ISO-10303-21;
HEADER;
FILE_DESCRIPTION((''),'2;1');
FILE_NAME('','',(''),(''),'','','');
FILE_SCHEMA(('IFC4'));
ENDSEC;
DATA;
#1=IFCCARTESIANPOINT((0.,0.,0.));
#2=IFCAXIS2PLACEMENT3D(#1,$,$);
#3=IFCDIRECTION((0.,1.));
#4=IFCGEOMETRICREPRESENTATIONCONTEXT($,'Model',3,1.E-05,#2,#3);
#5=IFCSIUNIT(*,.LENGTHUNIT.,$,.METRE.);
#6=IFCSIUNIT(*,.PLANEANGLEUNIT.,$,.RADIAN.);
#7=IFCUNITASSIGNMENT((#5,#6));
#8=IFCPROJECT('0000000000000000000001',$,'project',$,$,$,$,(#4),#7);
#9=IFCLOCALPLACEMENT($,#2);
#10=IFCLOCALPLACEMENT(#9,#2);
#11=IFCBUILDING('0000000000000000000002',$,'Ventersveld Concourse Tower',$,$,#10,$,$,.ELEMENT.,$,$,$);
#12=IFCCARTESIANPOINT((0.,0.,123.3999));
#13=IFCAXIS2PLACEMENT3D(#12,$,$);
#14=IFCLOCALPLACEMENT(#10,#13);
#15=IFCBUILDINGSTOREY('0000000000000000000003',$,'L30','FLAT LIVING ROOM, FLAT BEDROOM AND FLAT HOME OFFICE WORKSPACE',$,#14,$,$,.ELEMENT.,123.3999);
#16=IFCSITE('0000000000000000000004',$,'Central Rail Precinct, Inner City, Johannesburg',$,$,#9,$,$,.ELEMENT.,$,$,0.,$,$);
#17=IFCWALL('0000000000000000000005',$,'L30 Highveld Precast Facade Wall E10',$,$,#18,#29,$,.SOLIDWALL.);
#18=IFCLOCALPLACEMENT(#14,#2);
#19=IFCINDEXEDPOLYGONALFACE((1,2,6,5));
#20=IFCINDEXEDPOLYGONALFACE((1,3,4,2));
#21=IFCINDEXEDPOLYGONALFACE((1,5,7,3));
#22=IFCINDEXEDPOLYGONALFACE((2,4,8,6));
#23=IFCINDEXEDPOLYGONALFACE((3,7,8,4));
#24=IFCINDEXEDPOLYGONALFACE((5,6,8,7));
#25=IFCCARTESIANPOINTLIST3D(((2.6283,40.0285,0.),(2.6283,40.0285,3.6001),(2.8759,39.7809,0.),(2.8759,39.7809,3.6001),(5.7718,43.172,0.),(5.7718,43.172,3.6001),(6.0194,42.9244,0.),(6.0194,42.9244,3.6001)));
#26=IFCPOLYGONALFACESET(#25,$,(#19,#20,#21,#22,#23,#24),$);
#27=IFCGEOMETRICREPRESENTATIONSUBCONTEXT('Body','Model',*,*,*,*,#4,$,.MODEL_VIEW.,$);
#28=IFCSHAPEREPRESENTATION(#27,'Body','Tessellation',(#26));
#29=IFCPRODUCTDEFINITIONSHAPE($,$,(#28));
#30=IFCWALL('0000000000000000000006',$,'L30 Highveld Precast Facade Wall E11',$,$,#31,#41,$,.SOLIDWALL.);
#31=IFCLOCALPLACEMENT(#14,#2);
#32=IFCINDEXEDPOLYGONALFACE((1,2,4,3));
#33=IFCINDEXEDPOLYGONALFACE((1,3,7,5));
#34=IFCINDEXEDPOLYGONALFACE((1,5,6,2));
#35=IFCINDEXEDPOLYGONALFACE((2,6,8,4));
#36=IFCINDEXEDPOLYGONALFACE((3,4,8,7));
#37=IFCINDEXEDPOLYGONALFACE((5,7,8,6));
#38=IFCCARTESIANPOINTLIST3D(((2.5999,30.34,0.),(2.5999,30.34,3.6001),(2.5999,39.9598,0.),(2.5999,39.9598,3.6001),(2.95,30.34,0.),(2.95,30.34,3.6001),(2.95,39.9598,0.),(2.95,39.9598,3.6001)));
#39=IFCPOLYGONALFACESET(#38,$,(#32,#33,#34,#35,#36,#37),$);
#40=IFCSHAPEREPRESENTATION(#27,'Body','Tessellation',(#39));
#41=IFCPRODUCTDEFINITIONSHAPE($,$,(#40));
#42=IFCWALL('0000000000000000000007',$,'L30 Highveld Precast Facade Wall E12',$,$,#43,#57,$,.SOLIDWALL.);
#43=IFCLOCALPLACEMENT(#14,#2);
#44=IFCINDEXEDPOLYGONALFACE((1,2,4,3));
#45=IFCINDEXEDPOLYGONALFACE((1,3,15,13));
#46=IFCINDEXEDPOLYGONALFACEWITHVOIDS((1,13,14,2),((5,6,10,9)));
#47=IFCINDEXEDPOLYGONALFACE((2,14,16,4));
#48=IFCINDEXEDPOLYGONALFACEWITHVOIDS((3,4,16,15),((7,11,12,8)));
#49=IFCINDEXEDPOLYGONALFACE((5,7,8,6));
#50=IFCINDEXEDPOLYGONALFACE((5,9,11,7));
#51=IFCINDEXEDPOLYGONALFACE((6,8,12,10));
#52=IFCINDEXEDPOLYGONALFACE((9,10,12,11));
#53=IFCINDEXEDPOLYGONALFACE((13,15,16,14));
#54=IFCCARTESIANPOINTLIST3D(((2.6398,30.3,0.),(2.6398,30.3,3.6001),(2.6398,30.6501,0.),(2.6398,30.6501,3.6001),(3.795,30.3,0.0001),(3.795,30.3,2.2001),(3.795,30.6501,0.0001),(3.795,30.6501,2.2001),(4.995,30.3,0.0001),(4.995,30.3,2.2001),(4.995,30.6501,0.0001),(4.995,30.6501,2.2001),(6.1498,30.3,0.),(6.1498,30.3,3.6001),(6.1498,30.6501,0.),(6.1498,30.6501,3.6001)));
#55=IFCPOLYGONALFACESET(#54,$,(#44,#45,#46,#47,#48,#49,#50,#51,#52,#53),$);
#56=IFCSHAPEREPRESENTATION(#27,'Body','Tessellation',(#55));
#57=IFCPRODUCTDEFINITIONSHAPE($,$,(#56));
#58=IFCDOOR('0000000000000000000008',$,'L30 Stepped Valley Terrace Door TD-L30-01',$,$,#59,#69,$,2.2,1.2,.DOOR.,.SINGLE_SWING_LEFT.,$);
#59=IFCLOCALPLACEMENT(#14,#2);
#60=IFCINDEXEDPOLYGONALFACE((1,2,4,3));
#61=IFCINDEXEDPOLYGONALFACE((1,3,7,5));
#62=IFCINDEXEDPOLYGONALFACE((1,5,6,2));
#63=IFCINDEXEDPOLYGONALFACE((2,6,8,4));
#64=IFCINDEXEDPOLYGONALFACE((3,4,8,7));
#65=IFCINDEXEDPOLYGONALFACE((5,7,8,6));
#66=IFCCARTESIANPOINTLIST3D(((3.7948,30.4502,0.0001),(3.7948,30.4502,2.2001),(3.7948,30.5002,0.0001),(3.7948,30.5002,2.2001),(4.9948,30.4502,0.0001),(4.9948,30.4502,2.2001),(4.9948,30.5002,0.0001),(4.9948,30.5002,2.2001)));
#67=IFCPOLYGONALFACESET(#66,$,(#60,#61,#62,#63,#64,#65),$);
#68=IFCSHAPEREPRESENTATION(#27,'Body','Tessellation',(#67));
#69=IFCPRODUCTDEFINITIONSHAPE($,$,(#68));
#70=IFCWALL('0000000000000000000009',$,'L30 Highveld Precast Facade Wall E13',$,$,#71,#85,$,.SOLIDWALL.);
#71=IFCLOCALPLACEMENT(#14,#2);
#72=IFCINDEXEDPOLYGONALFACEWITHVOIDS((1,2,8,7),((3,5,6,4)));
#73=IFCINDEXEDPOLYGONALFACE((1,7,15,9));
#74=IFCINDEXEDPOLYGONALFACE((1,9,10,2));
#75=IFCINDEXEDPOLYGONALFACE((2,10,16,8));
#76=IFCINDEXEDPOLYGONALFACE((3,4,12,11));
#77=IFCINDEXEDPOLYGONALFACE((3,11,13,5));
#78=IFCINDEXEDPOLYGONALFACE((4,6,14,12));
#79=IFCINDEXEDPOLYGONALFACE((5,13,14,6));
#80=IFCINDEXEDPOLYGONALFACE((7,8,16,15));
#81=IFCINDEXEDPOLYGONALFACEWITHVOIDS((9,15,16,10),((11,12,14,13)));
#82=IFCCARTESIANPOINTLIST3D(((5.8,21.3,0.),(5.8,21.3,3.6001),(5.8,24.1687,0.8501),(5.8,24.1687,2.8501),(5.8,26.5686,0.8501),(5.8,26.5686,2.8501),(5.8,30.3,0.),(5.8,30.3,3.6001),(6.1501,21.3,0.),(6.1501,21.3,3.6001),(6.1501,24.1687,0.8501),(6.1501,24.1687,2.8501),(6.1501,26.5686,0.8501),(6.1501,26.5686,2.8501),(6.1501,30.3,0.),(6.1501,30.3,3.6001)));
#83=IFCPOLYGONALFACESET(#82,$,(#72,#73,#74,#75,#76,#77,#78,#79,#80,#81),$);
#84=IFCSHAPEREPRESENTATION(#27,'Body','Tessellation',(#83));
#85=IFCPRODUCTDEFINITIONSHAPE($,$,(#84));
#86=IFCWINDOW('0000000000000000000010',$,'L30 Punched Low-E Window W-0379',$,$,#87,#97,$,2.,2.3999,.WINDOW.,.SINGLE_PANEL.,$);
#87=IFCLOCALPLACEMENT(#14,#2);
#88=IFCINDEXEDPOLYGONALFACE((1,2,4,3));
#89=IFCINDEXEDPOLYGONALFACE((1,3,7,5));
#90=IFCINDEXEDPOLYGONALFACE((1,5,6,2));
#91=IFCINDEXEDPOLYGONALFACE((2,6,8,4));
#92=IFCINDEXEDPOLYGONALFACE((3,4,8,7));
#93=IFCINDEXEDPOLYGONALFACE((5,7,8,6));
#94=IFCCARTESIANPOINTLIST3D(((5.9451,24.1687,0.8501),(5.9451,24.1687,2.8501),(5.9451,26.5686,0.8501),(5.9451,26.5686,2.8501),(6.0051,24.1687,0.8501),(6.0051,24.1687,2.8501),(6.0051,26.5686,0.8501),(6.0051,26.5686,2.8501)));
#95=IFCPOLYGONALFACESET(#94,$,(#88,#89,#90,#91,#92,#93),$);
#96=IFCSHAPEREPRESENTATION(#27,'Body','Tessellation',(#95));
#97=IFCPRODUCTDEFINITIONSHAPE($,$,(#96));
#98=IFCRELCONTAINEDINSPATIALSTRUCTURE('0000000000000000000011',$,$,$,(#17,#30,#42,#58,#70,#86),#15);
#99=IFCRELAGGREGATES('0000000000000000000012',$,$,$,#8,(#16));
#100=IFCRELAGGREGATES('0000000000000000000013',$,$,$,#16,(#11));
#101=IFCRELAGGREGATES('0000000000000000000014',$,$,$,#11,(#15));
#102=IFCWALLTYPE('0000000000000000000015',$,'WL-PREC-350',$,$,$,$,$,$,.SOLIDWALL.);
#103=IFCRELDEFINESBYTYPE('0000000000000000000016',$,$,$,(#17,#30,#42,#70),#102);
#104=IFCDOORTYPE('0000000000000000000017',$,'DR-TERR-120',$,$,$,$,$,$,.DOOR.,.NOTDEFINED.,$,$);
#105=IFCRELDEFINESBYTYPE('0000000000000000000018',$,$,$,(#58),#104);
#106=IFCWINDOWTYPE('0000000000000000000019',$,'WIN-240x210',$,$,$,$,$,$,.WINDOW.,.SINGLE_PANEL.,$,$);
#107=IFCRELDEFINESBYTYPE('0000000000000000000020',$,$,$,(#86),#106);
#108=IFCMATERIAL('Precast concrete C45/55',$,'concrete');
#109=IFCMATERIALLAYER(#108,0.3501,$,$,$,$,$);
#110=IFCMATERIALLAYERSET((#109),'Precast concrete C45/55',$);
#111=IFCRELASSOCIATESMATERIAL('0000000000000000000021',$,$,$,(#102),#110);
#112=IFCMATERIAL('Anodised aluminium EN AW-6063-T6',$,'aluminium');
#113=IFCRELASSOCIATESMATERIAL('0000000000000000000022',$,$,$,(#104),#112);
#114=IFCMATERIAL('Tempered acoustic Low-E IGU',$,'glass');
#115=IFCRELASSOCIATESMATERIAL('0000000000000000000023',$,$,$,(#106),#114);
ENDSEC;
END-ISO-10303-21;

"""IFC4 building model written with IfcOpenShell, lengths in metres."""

from ifc_helpers import new_model, si_unit, direction, frame, frame_2d, origin, place, context, subcontext, project, spatial, rectangle, extrude, material, layer, layer_set, type_object, element, fill, save


model = new_model("IFC4")

# Units and contexts
model_context = context("Model", 3, precision=1e-05, world=origin(), true_north=direction((0.0, 1.0)))
body_context = subcontext(model_context, "Body", "Model", "MODEL_VIEW")
ifc_project = project(units=[si_unit("LENGTHUNIT", "METRE"), si_unit("PLANEANGLEUNIT", "RADIAN")], contexts=[model_context])

# Site, building, storey
site_placement = place(None, origin())
site = spatial("IfcSite", under=ifc_project, at=site_placement, Name="Central Rail Precinct, Inner City, Johannesburg", CompositionType="ELEMENT", RefElevation=0.0)
building_placement = place(site_placement, origin())
building = spatial("IfcBuilding", under=site, at=building_placement, Name="Ventersveld Concourse Tower", CompositionType="ELEMENT")
storey_placement = place(building_placement, frame((0.0, 0.0, 123.3999)))
storey = spatial("IfcBuildingStorey", under=building, at=storey_placement, Name="L30", Description="FLAT LIVING ROOM, FLAT BEDROOM AND FLAT HOME OFFICE WORKSPACE", CompositionType="ELEMENT", Elevation=123.3999)

# Walls
ifc_material_1 = material(Name="Precast concrete C45/55", Category="concrete")
ifc_layer_1 = layer(ifc_material_1, 0.3501)
ifc_layer_set_1 = layer_set([ifc_layer_1], Name="Precast concrete C45/55")
wall_type_1 = type_object("IfcWallType", Name="WL-PREC-350", PredefinedType="SOLIDWALL", material=ifc_layer_set_1)
wall_1_placement = place(storey_placement, frame((5.8955, 43.0481, 0.0), z_axis=(0.0, 0.0, 1.0), x_axis=(-0.707107, -0.707107, 0.0)))
element("IfcWall", 1, at=wall_1_placement, inside=storey, type_object=wall_type_1, Name="L30 Highveld Precast Facade Wall E10", PredefinedType="SOLIDWALL", context=body_context, shape_type="SweptSolid", body=[
    extrude(rectangle(XDim=4.4456, YDim=0.3501, at=frame_2d((2.2227, 0.0))), origin(), (0.0, 0.0, 1.0), 3.6001),
])
wall_2_placement = place(storey_placement, frame((2.7749, 39.96, 0.0), z_axis=(0.0, 0.0, 1.0), x_axis=(0.0, -1.0, 0.0)))
element("IfcWall", 2, at=wall_2_placement, inside=storey, type_object=wall_type_1, Name="L30 Highveld Precast Facade Wall E11", PredefinedType="SOLIDWALL", context=body_context, shape_type="SweptSolid", body=[
    extrude(rectangle(XDim=9.6199, YDim=0.3501, at=frame_2d((4.8101, 0.0))), origin(), (0.0, 0.0, 1.0), 3.6001),
])

# Wall, opening, door
wall_3_placement = place(storey_placement, frame((2.6399, 30.4751, 0.0), z_axis=(0.0, 0.0, 1.0), x_axis=(1.0, 0.0, 0.0)))
wall_3 = element("IfcWall", 3, at=wall_3_placement, inside=storey, type_object=wall_type_1, Name="L30 Highveld Precast Facade Wall E12", PredefinedType="SOLIDWALL", context=body_context, shape_type="SweptSolid", body=[
    extrude(rectangle(XDim=3.51, YDim=0.3501, at=frame_2d((1.7549, 0.0))), origin(), (0.0, 0.0, 1.0), 3.6001),
])
opening_1_placement = place(wall_3_placement, frame((1.155, 0.0, 0.0)))
opening_1 = element("IfcOpeningElement", 4, at=opening_1_placement, cuts=wall_3, PredefinedType="OPENING", context=body_context, shape_type="SweptSolid", body=[
    extrude(rectangle(XDim=1.2, YDim=2.2, at=frame_2d((0.6001, 1.1001))), frame((0.0, 0.1851, 0.0), z_axis=(0.0, -1.0, 0.0), x_axis=(1.0, 0.0, 0.0)), (0.0, 0.0, 1.0), 0.3701),
])
ifc_material_2 = material(Name="Anodised aluminium EN AW-6063-T6", Category="aluminium")
door_type_1 = type_object("IfcDoorType", Name="DR-TERR-120", OperationType="NOTDEFINED", PredefinedType="DOOR", material=ifc_material_2)
door_1_placement = place(opening_1_placement, frame((1.2, 0.0, 0.0), z_axis=(0.0, 0.0, 1.0), x_axis=(-1.0, 0.0, 0.0)))
door_1 = element("IfcDoor", 5, at=door_1_placement, inside=storey, type_object=door_type_1, Name="L30 Stepped Valley Terrace Door TD-L30-01", OperationType="SINGLE_SWING_LEFT", OverallHeight=2.2, OverallWidth=1.2, PredefinedType="DOOR", context=body_context, shape_type="SweptSolid", body=[
    extrude(rectangle(XDim=1.2, YDim=2.2, at=frame_2d((0.6001, 1.1001))), frame((0.0, 0.0249, 0.0), z_axis=(0.0, -1.0, 0.0), x_axis=(1.0, 0.0, 0.0)), (0.0, 0.0, 1.0), 0.05),
])
fill(opening_1, door_1)

# Wall, opening, window
wall_4_placement = place(storey_placement, frame((5.9751, 30.3, 0.0), z_axis=(0.0, 0.0, 1.0), x_axis=(0.0, -1.0, 0.0)))
wall_4 = element("IfcWall", 6, at=wall_4_placement, inside=storey, type_object=wall_type_1, Name="L30 Highveld Precast Facade Wall E13", PredefinedType="SOLIDWALL", context=body_context, shape_type="SweptSolid", body=[
    extrude(rectangle(XDim=9.0, YDim=0.3501, at=frame_2d((4.5, 0.0))), origin(), (0.0, 0.0, 1.0), 3.6001),
])
opening_2_placement = place(wall_4_placement, frame((3.7314, 0.0, 0.8501)))
opening_2 = element("IfcOpeningElement", 7, at=opening_2_placement, cuts=wall_4, PredefinedType="OPENING", context=body_context, shape_type="SweptSolid", body=[
    extrude(rectangle(XDim=2.3999, YDim=2.0, at=frame_2d((1.2, 1.0))), frame((0.0, 0.1851, 0.0), z_axis=(0.0, -1.0, 0.0), x_axis=(1.0, 0.0, 0.0)), (0.0, 0.0, 1.0), 0.3701),
])
ifc_material_3 = material(Name="Tempered acoustic Low-E IGU", Category="glass")
window_type = type_object("IfcWindowType", Name="WIN-240x210", PartitioningType="SINGLE_PANEL", PredefinedType="WINDOW", material=ifc_material_3)
window_placement = place(opening_2_placement, origin())
window = element("IfcWindow", 8, at=window_placement, inside=storey, type_object=window_type, Name="L30 Punched Low-E Window W-0379", OverallHeight=2.0, OverallWidth=2.3999, PartitioningType="SINGLE_PANEL", PredefinedType="WINDOW", context=body_context, shape_type="SweptSolid", body=[
    extrude(rectangle(XDim=2.3999, YDim=2.0, at=frame_2d((1.2, 1.0))), frame((0.0, 0.03, 0.0), z_axis=(0.0, -1.0, 0.0), x_axis=(1.0, 0.0, 0.0)), (0.0, 0.0, 1.0), 0.0601),
])
fill(opening_2, window)

save(model, "model.ifc")
